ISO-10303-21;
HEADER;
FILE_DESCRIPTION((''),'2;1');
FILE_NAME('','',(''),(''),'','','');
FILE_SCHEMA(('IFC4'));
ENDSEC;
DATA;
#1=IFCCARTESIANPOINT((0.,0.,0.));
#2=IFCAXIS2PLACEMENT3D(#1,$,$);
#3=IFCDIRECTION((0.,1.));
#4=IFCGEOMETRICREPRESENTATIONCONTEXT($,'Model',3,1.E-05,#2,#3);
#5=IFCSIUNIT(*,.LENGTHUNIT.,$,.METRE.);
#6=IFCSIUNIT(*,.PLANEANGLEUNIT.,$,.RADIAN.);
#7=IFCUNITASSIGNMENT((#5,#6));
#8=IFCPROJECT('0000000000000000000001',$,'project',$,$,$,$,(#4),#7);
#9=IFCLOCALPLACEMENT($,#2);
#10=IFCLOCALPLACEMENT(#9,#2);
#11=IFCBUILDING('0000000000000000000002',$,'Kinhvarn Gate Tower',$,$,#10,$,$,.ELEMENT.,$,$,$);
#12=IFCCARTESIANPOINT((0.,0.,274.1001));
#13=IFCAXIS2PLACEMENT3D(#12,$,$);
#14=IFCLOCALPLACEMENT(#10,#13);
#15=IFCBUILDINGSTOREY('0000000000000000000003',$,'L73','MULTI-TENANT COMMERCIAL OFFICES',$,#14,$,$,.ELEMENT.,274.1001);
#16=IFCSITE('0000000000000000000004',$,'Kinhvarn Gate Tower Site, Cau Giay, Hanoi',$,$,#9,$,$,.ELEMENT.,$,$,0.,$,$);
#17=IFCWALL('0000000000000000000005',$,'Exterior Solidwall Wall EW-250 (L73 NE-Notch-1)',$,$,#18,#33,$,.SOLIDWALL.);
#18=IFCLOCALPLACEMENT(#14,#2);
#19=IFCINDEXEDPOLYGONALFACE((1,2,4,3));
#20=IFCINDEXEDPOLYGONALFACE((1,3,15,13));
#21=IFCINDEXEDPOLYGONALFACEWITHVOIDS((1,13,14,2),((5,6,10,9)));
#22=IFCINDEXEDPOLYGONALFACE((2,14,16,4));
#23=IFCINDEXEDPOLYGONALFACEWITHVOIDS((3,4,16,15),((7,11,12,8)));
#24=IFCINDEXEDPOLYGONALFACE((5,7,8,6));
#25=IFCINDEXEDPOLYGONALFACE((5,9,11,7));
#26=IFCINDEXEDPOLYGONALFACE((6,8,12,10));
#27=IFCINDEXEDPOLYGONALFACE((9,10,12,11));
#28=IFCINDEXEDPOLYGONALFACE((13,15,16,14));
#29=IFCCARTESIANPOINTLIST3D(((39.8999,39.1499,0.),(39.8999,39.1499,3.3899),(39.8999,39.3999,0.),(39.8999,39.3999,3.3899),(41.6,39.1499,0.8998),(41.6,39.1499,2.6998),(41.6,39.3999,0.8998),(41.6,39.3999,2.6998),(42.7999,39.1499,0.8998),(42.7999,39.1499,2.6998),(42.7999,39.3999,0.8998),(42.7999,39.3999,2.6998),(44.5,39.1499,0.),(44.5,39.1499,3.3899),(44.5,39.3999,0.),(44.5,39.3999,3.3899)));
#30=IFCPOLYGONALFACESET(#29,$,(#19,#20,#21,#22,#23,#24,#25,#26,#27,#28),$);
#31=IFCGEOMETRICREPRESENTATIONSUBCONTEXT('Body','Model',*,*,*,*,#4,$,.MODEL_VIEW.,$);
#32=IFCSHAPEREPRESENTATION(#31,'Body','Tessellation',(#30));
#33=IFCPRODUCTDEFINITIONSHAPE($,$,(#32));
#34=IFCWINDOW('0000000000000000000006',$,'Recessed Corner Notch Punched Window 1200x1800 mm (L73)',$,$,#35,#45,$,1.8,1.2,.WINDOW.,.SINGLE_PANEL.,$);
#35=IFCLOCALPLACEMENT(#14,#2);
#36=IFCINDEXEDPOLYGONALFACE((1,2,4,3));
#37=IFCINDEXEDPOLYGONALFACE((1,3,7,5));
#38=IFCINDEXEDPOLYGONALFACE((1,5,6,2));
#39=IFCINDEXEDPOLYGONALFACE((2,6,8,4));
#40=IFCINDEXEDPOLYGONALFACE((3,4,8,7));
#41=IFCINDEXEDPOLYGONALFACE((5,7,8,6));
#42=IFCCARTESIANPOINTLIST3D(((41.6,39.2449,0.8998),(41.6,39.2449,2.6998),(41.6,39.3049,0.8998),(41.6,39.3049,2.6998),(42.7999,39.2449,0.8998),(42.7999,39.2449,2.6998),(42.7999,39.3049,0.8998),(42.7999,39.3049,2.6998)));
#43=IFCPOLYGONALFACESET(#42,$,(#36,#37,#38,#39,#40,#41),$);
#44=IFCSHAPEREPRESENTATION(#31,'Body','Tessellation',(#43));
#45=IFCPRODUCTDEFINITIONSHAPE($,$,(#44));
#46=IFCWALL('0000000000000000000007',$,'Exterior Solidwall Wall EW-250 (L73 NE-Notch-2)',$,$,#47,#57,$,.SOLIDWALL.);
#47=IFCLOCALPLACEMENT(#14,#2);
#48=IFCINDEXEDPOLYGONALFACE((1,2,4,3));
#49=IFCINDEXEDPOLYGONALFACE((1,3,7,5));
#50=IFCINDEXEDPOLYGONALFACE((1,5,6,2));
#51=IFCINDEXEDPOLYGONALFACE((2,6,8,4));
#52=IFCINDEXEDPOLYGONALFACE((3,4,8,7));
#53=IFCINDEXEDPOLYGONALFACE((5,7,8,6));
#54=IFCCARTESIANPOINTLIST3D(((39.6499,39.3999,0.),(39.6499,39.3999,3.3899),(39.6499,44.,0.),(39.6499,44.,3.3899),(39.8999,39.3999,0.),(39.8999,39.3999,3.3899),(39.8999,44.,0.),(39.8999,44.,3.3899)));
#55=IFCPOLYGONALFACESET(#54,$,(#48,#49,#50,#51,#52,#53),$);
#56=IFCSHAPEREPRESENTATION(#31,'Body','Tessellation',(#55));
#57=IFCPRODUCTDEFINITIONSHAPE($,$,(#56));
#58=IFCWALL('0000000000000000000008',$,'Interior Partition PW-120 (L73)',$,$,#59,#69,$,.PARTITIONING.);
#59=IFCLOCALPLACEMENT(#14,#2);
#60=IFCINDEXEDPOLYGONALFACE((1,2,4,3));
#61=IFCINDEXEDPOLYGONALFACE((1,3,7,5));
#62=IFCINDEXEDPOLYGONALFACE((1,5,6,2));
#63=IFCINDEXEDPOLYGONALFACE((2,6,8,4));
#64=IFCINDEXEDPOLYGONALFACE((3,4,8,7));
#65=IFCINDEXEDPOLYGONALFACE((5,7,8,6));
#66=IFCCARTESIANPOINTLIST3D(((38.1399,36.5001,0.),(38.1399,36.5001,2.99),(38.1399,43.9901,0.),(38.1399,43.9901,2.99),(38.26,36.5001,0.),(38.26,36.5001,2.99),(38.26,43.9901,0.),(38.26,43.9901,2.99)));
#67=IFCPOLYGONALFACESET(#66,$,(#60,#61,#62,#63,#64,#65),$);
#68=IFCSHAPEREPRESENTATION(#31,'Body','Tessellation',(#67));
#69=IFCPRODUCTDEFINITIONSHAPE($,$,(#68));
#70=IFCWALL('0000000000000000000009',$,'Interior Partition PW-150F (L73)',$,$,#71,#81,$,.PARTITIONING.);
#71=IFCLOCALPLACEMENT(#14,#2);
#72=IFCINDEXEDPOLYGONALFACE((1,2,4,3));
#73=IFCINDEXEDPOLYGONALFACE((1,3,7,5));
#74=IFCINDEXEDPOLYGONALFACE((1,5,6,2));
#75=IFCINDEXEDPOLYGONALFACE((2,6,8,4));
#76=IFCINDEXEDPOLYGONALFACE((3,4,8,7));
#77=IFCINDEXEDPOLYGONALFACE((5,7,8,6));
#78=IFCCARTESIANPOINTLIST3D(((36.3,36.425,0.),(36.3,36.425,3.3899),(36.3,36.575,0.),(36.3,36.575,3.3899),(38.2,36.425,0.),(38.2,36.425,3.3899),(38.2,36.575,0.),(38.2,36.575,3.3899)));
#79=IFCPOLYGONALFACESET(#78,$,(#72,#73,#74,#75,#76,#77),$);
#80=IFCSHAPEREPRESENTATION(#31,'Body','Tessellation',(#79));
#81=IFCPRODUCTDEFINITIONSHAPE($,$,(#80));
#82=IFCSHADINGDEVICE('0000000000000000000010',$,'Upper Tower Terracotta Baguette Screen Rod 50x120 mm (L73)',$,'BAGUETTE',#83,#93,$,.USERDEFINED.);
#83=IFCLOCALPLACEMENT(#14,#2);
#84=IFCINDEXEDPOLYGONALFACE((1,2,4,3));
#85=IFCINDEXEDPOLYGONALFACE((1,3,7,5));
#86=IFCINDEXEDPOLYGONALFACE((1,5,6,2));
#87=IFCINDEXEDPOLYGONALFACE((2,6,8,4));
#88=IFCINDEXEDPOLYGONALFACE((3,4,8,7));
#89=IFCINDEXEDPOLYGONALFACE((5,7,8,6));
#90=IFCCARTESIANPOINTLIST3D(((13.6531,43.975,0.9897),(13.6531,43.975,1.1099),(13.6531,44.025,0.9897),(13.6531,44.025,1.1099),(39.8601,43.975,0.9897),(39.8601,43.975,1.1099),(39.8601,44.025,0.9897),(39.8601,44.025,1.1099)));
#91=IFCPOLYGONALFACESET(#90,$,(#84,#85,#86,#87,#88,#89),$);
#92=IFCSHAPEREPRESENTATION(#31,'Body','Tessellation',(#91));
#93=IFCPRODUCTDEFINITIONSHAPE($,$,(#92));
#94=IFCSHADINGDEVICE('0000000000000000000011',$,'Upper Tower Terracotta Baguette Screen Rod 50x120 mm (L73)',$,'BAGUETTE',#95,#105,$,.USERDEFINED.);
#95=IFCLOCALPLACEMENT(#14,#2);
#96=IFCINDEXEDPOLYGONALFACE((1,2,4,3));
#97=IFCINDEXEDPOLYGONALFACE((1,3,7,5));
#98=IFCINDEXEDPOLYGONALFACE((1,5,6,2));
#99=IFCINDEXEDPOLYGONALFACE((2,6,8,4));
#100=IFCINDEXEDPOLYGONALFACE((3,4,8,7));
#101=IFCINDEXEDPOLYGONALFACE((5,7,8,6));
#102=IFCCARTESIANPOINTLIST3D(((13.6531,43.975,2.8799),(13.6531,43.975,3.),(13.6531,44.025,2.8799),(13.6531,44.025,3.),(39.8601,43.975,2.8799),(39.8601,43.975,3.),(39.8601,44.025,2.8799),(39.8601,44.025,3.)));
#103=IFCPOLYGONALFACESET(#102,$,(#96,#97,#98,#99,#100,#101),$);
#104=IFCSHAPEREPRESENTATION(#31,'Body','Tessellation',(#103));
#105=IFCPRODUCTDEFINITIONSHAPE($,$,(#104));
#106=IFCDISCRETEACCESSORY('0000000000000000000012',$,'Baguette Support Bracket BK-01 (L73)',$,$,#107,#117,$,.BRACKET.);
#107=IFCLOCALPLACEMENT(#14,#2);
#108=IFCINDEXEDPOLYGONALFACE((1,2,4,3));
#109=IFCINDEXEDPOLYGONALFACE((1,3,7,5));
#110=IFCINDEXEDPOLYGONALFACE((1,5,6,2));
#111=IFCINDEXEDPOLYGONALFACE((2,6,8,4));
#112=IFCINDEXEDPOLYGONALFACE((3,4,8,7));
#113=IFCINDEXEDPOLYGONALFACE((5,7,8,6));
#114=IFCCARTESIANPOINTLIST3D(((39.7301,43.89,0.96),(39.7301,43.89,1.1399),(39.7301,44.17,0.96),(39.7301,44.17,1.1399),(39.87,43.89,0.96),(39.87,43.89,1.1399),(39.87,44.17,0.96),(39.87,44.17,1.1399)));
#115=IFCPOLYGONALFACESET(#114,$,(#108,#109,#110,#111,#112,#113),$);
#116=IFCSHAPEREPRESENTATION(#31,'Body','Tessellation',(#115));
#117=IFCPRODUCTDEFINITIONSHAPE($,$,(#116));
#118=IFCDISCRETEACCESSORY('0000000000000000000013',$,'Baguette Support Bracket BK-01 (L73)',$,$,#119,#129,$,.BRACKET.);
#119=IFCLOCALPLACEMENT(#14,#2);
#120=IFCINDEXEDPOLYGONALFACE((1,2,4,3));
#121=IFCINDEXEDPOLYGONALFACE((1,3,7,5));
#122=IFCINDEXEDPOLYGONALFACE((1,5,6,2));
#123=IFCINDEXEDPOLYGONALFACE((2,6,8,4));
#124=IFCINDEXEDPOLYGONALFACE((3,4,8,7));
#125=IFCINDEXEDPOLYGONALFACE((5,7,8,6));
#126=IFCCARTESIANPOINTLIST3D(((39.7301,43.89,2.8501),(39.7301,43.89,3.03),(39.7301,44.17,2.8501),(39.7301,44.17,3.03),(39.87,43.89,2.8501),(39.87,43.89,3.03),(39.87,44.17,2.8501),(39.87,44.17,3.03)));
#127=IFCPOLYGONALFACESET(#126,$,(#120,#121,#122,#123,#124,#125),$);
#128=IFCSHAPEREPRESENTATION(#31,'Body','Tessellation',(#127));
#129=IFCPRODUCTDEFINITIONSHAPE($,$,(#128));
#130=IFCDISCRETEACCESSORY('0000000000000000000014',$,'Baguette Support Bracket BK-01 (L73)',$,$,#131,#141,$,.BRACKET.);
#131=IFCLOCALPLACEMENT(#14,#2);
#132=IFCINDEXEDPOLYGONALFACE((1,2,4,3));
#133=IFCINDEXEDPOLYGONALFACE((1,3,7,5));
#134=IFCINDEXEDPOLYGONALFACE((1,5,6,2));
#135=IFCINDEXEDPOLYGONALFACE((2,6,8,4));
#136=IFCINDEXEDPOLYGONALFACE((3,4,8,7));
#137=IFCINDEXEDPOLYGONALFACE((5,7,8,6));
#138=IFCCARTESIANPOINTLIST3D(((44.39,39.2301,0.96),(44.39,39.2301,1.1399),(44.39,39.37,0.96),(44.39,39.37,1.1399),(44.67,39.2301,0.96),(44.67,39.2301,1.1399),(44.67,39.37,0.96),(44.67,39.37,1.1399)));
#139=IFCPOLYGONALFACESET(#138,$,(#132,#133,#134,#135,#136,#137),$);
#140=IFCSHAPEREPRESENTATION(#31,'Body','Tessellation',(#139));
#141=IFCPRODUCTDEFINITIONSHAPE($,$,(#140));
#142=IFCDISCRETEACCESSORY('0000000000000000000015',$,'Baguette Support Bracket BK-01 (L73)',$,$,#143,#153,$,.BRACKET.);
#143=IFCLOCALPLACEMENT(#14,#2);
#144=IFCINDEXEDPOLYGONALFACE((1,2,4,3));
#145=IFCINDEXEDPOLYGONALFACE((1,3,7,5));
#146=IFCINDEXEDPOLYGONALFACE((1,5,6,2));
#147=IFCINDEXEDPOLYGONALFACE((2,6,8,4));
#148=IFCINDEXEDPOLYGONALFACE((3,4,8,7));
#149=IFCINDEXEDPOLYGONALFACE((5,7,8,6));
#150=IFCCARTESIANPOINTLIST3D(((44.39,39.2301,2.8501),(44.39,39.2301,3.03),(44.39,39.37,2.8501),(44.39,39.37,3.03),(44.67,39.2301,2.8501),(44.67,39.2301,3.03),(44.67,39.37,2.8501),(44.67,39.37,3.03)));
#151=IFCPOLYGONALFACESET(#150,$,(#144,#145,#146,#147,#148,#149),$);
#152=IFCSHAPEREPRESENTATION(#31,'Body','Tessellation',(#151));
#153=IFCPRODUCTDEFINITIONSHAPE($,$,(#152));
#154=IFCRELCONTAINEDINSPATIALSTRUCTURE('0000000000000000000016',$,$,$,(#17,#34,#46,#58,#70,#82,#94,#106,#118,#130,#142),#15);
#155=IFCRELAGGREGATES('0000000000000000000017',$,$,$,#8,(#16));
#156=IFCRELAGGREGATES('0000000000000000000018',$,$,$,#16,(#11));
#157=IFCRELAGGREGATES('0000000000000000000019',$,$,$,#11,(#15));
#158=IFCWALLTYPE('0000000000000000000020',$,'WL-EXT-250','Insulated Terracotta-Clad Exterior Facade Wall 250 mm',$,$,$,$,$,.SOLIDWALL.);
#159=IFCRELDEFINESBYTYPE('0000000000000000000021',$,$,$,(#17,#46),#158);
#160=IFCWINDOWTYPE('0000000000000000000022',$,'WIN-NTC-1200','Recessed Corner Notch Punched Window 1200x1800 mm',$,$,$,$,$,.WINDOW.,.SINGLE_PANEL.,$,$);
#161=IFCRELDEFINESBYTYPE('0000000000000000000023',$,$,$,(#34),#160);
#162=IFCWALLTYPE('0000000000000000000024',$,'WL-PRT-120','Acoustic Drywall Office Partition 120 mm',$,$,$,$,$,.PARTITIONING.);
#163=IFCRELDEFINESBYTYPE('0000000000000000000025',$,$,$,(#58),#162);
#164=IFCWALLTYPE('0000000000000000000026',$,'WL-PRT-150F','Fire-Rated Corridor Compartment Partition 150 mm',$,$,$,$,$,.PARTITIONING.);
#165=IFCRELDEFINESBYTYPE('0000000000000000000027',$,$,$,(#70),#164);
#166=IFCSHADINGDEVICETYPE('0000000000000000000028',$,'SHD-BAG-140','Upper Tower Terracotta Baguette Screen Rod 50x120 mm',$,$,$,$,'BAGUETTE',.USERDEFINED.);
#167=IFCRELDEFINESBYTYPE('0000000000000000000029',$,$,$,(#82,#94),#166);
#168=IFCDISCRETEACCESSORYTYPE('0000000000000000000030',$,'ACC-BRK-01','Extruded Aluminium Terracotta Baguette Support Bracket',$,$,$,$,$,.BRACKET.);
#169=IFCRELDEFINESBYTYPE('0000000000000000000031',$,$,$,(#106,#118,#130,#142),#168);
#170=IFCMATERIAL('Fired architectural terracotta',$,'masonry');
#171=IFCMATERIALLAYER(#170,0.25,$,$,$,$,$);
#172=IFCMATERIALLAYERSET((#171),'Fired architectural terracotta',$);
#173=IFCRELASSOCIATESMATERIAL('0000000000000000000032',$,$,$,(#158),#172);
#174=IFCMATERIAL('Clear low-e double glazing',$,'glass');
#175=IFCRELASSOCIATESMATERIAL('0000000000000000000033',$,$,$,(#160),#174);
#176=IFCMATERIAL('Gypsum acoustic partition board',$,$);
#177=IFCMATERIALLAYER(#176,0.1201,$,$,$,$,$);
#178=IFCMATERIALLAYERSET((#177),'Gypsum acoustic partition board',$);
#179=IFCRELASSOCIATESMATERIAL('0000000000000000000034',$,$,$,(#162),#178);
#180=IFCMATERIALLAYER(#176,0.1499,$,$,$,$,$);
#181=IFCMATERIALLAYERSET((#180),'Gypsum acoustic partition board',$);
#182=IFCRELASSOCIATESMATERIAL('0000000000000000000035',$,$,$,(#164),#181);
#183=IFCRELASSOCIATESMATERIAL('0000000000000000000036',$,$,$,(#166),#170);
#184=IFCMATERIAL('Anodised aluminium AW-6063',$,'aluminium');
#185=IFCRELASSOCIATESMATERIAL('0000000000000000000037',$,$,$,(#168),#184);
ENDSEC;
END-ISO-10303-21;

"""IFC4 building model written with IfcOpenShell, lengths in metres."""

from ifc_helpers import new_model, si_unit, direction, frame, frame_2d, origin, origin_2d, place, context, subcontext, project, spatial, rectangle, extrude, material, layer, layer_set, material_profile, profile_set, type_object, element, fill, save


model = new_model("IFC4")

# Units and contexts
model_context = context("Model", 3, precision=1e-05, world=origin(), true_north=direction((0.0, 1.0)))
body_context = subcontext(model_context, "Body", "Model", "MODEL_VIEW")
ifc_project = project(units=[si_unit("LENGTHUNIT", "METRE"), si_unit("PLANEANGLEUNIT", "RADIAN")], contexts=[model_context])

# Site, building, storey
site_placement = place(None, origin())
site = spatial("IfcSite", under=ifc_project, at=site_placement, Name="Kinhvarn Gate Tower Site, Cau Giay, Hanoi", CompositionType="ELEMENT", RefElevation=0.0)
building_placement = place(site_placement, origin())
building = spatial("IfcBuilding", under=site, at=building_placement, Name="Kinhvarn Gate Tower", CompositionType="ELEMENT")
storey_placement = place(building_placement, frame((0.0, 0.0, 274.1001)))
storey = spatial("IfcBuildingStorey", under=building, at=storey_placement, Name="L73", Description="MULTI-TENANT COMMERCIAL OFFICES", CompositionType="ELEMENT", Elevation=274.1001)

# Shared definitions
ifc_material_1 = material(Name="Anodised aluminium AW-6063", Category="aluminium")

# Shared definitions
ifc_material_2 = material(Name="Clear low-e double glazing", Category="glass")

# Wall, opening, window
ifc_material_3 = material(Name="Fired architectural terracotta", Category="masonry")
ifc_layer_1 = layer(ifc_material_3, 0.25)
ifc_layer_set_1 = layer_set([ifc_layer_1], Name="Fired architectural terracotta")
wall_type_1 = type_object("IfcWallType", Name="WL-EXT-250", Description="Insulated Terracotta-Clad Exterior Facade Wall 250 mm", PredefinedType="SOLIDWALL", material=ifc_layer_set_1)
wall_1_placement = place(storey_placement, frame((44.5, 39.2749, 0.0), z_axis=(0.0, 0.0, 1.0), x_axis=(-1.0, 0.0, 0.0)))
wall_1 = element("IfcWall", 1, at=wall_1_placement, inside=storey, type_object=wall_type_1, Name="Exterior Solidwall Wall EW-250 (L73 NE-Notch-1)", PredefinedType="SOLIDWALL", context=body_context, shape_type="SweptSolid", body=[
    extrude(rectangle(XDim=4.6001, YDim=0.25, at=frame_2d((2.3, 0.0))), origin(), (0.0, 0.0, 1.0), 3.3899),
])
opening_placement = place(wall_1_placement, frame((1.7, 0.0, 0.8999)))
opening = element("IfcOpeningElement", 2, at=opening_placement, cuts=wall_1, PredefinedType="OPENING", context=body_context, shape_type="SweptSolid", body=[
    extrude(rectangle(XDim=1.2, YDim=1.8, at=frame_2d((0.6001, 0.8999))), frame((0.0, 0.135, 0.0), z_axis=(0.0, -1.0, 0.0), x_axis=(1.0, 0.0, 0.0)), (0.0, 0.0, 1.0), 0.27),
])
window_type = type_object("IfcWindowType", Name="WIN-NTC-1200", Description="Recessed Corner Notch Punched Window 1200x1800 mm", PartitioningType="SINGLE_PANEL", PredefinedType="WINDOW", material=ifc_material_2)
window_placement = place(opening_placement, origin())
window = element("IfcWindow", 3, at=window_placement, inside=storey, type_object=window_type, Name="Recessed Corner Notch Punched Window 1200x1800 mm (L73)", OverallHeight=1.8, OverallWidth=1.2, PartitioningType="SINGLE_PANEL", PredefinedType="WINDOW", context=body_context, shape_type="SweptSolid", body=[
    extrude(rectangle(XDim=1.2, YDim=1.8, at=frame_2d((0.6001, 0.8999))), frame((0.0, 0.03, 0.0), z_axis=(0.0, -1.0, 0.0), x_axis=(1.0, 0.0, 0.0)), (0.0, 0.0, 1.0), 0.0601),
])
fill(opening, window)

# Walls
wall_2_placement = place(storey_placement, frame((39.7749, 39.3999, 0.0), z_axis=(0.0, 0.0, 1.0), x_axis=(0.0, 1.0, 0.0)))
element("IfcWall", 4, at=wall_2_placement, inside=storey, type_object=wall_type_1, Name="Exterior Solidwall Wall EW-250 (L73 NE-Notch-2)", PredefinedType="SOLIDWALL", context=body_context, shape_type="SweptSolid", body=[
    extrude(rectangle(XDim=4.6001, YDim=0.25, at=frame_2d((2.3, 0.0))), origin(), (0.0, 0.0, 1.0), 3.3899),
])
ifc_material_4 = material(Name="Gypsum acoustic partition board")
ifc_layer_2 = layer(ifc_material_4, 0.1201)
ifc_layer_set_2 = layer_set([ifc_layer_2], Name="Gypsum acoustic partition board")
wall_type_2 = type_object("IfcWallType", Name="WL-PRT-120", Description="Acoustic Drywall Office Partition 120 mm", PredefinedType="PARTITIONING", material=ifc_layer_set_2)
wall_3_placement = place(storey_placement, frame((38.2, 36.5, 0.0), z_axis=(0.0, 0.0, 1.0), x_axis=(0.0, 1.0, 0.0)))
element("IfcWall", 5, at=wall_3_placement, inside=storey, type_object=wall_type_2, Name="Interior Partition PW-120 (L73)", PredefinedType="PARTITIONING", context=body_context, shape_type="SweptSolid", body=[
    extrude(rectangle(XDim=7.49, YDim=0.1201, at=frame_2d((3.7451, 0.0))), origin(), (0.0, 0.0, 1.0), 2.99),
])
ifc_layer_3 = layer(ifc_material_4, 0.1499)
ifc_layer_set_3 = layer_set([ifc_layer_3], Name="Gypsum acoustic partition board")
wall_type_3 = type_object("IfcWallType", Name="WL-PRT-150F", Description="Fire-Rated Corridor Compartment Partition 150 mm", PredefinedType="PARTITIONING", material=ifc_layer_set_3)
wall_4_placement = place(storey_placement, frame((36.3, 36.5, 0.0), z_axis=(0.0, 0.0, 1.0), x_axis=(1.0, 0.0, 0.0)))
element("IfcWall", 6, at=wall_4_placement, inside=storey, type_object=wall_type_3, Name="Interior Partition PW-150F (L73)", PredefinedType="PARTITIONING", context=body_context, shape_type="SweptSolid", body=[
    extrude(rectangle(XDim=1.8999, YDim=0.1499, at=frame_2d((0.95, 0.0))), origin(), (0.0, 0.0, 1.0), 3.3899),
])

# Shading devices
ifc_material_profile_1 = material_profile(ifc_material_3, rectangle(XDim=0.05, YDim=0.1201, at=origin_2d()), Name="TC 50x120")
ifc_profile_set_1 = profile_set([ifc_material_profile_1], Name="Fired architectural terracotta")
shading_device_type = type_object("IfcShadingDeviceType", Name="SHD-BAG-140", Description="Upper Tower Terracotta Baguette Screen Rod 50x120 mm", ElementType="BAGUETTE", PredefinedType="USERDEFINED", material=ifc_profile_set_1)
for number, where, z_axis, x_axis, name in (
    (7, (39.8601, 44.0, 1.0498), (-1.0, 0.0, 0.0), (0.0, -1.0, 0.0), "Upper Tower Terracotta Baguette Screen Rod 50x120 mm (L73)"),
    (8, (39.8601, 44.0, 2.9399), (-1.0, 0.0, 0.0), (0.0, -1.0, 0.0), "Upper Tower Terracotta Baguette Screen Rod 50x120 mm (L73)"),
):
    element("IfcShadingDevice", number, at=place(storey_placement, frame(where, z_axis=z_axis, x_axis=x_axis)), inside=storey, type_object=shading_device_type, Name=name, ObjectType="BAGUETTE", PredefinedType="USERDEFINED", context=body_context, shape_type="SweptSolid", body=[
        extrude(rectangle(XDim=0.05, YDim=0.1201, at=origin_2d()), origin(), (0.0, 0.0, 1.0), 26.207),
    ])

# Discrete accessories
discrete_accessory_type = type_object("IfcDiscreteAccessoryType", Name="ACC-BRK-01", Description="Extruded Aluminium Terracotta Baguette Support Bracket", PredefinedType="BRACKET", material=ifc_material_1)
for number, where, z_axis, x_axis, name in (
    (9, (39.8, 44.03, 0.96), (0.0, 0.0, 1.0), (-1.0, 0.0, 0.0), "Baguette Support Bracket BK-01 (L73)"),
    (10, (39.8, 44.03, 2.8501), (0.0, 0.0, 1.0), (-1.0, 0.0, 0.0), "Baguette Support Bracket BK-01 (L73)"),
    (11, (44.53, 39.3, 0.96), (0.0, 0.0, 1.0), (0.0, 1.0, 0.0), "Baguette Support Bracket BK-01 (L73)"),
    (12, (44.53, 39.3, 2.8501), (0.0, 0.0, 1.0), (0.0, 1.0, 0.0), "Baguette Support Bracket BK-01 (L73)"),
):
    element("IfcDiscreteAccessory", number, at=place(storey_placement, frame(where, z_axis=z_axis, x_axis=x_axis)), inside=storey, type_object=discrete_accessory_type, Name=name, PredefinedType="BRACKET", context=body_context, shape_type="SweptSolid", body=[
        extrude(rectangle(XDim=0.1399, YDim=0.28, at=origin_2d()), origin(), (0.0, 0.0, 1.0), 0.1799),
    ])

save(model, "model.ifc")
